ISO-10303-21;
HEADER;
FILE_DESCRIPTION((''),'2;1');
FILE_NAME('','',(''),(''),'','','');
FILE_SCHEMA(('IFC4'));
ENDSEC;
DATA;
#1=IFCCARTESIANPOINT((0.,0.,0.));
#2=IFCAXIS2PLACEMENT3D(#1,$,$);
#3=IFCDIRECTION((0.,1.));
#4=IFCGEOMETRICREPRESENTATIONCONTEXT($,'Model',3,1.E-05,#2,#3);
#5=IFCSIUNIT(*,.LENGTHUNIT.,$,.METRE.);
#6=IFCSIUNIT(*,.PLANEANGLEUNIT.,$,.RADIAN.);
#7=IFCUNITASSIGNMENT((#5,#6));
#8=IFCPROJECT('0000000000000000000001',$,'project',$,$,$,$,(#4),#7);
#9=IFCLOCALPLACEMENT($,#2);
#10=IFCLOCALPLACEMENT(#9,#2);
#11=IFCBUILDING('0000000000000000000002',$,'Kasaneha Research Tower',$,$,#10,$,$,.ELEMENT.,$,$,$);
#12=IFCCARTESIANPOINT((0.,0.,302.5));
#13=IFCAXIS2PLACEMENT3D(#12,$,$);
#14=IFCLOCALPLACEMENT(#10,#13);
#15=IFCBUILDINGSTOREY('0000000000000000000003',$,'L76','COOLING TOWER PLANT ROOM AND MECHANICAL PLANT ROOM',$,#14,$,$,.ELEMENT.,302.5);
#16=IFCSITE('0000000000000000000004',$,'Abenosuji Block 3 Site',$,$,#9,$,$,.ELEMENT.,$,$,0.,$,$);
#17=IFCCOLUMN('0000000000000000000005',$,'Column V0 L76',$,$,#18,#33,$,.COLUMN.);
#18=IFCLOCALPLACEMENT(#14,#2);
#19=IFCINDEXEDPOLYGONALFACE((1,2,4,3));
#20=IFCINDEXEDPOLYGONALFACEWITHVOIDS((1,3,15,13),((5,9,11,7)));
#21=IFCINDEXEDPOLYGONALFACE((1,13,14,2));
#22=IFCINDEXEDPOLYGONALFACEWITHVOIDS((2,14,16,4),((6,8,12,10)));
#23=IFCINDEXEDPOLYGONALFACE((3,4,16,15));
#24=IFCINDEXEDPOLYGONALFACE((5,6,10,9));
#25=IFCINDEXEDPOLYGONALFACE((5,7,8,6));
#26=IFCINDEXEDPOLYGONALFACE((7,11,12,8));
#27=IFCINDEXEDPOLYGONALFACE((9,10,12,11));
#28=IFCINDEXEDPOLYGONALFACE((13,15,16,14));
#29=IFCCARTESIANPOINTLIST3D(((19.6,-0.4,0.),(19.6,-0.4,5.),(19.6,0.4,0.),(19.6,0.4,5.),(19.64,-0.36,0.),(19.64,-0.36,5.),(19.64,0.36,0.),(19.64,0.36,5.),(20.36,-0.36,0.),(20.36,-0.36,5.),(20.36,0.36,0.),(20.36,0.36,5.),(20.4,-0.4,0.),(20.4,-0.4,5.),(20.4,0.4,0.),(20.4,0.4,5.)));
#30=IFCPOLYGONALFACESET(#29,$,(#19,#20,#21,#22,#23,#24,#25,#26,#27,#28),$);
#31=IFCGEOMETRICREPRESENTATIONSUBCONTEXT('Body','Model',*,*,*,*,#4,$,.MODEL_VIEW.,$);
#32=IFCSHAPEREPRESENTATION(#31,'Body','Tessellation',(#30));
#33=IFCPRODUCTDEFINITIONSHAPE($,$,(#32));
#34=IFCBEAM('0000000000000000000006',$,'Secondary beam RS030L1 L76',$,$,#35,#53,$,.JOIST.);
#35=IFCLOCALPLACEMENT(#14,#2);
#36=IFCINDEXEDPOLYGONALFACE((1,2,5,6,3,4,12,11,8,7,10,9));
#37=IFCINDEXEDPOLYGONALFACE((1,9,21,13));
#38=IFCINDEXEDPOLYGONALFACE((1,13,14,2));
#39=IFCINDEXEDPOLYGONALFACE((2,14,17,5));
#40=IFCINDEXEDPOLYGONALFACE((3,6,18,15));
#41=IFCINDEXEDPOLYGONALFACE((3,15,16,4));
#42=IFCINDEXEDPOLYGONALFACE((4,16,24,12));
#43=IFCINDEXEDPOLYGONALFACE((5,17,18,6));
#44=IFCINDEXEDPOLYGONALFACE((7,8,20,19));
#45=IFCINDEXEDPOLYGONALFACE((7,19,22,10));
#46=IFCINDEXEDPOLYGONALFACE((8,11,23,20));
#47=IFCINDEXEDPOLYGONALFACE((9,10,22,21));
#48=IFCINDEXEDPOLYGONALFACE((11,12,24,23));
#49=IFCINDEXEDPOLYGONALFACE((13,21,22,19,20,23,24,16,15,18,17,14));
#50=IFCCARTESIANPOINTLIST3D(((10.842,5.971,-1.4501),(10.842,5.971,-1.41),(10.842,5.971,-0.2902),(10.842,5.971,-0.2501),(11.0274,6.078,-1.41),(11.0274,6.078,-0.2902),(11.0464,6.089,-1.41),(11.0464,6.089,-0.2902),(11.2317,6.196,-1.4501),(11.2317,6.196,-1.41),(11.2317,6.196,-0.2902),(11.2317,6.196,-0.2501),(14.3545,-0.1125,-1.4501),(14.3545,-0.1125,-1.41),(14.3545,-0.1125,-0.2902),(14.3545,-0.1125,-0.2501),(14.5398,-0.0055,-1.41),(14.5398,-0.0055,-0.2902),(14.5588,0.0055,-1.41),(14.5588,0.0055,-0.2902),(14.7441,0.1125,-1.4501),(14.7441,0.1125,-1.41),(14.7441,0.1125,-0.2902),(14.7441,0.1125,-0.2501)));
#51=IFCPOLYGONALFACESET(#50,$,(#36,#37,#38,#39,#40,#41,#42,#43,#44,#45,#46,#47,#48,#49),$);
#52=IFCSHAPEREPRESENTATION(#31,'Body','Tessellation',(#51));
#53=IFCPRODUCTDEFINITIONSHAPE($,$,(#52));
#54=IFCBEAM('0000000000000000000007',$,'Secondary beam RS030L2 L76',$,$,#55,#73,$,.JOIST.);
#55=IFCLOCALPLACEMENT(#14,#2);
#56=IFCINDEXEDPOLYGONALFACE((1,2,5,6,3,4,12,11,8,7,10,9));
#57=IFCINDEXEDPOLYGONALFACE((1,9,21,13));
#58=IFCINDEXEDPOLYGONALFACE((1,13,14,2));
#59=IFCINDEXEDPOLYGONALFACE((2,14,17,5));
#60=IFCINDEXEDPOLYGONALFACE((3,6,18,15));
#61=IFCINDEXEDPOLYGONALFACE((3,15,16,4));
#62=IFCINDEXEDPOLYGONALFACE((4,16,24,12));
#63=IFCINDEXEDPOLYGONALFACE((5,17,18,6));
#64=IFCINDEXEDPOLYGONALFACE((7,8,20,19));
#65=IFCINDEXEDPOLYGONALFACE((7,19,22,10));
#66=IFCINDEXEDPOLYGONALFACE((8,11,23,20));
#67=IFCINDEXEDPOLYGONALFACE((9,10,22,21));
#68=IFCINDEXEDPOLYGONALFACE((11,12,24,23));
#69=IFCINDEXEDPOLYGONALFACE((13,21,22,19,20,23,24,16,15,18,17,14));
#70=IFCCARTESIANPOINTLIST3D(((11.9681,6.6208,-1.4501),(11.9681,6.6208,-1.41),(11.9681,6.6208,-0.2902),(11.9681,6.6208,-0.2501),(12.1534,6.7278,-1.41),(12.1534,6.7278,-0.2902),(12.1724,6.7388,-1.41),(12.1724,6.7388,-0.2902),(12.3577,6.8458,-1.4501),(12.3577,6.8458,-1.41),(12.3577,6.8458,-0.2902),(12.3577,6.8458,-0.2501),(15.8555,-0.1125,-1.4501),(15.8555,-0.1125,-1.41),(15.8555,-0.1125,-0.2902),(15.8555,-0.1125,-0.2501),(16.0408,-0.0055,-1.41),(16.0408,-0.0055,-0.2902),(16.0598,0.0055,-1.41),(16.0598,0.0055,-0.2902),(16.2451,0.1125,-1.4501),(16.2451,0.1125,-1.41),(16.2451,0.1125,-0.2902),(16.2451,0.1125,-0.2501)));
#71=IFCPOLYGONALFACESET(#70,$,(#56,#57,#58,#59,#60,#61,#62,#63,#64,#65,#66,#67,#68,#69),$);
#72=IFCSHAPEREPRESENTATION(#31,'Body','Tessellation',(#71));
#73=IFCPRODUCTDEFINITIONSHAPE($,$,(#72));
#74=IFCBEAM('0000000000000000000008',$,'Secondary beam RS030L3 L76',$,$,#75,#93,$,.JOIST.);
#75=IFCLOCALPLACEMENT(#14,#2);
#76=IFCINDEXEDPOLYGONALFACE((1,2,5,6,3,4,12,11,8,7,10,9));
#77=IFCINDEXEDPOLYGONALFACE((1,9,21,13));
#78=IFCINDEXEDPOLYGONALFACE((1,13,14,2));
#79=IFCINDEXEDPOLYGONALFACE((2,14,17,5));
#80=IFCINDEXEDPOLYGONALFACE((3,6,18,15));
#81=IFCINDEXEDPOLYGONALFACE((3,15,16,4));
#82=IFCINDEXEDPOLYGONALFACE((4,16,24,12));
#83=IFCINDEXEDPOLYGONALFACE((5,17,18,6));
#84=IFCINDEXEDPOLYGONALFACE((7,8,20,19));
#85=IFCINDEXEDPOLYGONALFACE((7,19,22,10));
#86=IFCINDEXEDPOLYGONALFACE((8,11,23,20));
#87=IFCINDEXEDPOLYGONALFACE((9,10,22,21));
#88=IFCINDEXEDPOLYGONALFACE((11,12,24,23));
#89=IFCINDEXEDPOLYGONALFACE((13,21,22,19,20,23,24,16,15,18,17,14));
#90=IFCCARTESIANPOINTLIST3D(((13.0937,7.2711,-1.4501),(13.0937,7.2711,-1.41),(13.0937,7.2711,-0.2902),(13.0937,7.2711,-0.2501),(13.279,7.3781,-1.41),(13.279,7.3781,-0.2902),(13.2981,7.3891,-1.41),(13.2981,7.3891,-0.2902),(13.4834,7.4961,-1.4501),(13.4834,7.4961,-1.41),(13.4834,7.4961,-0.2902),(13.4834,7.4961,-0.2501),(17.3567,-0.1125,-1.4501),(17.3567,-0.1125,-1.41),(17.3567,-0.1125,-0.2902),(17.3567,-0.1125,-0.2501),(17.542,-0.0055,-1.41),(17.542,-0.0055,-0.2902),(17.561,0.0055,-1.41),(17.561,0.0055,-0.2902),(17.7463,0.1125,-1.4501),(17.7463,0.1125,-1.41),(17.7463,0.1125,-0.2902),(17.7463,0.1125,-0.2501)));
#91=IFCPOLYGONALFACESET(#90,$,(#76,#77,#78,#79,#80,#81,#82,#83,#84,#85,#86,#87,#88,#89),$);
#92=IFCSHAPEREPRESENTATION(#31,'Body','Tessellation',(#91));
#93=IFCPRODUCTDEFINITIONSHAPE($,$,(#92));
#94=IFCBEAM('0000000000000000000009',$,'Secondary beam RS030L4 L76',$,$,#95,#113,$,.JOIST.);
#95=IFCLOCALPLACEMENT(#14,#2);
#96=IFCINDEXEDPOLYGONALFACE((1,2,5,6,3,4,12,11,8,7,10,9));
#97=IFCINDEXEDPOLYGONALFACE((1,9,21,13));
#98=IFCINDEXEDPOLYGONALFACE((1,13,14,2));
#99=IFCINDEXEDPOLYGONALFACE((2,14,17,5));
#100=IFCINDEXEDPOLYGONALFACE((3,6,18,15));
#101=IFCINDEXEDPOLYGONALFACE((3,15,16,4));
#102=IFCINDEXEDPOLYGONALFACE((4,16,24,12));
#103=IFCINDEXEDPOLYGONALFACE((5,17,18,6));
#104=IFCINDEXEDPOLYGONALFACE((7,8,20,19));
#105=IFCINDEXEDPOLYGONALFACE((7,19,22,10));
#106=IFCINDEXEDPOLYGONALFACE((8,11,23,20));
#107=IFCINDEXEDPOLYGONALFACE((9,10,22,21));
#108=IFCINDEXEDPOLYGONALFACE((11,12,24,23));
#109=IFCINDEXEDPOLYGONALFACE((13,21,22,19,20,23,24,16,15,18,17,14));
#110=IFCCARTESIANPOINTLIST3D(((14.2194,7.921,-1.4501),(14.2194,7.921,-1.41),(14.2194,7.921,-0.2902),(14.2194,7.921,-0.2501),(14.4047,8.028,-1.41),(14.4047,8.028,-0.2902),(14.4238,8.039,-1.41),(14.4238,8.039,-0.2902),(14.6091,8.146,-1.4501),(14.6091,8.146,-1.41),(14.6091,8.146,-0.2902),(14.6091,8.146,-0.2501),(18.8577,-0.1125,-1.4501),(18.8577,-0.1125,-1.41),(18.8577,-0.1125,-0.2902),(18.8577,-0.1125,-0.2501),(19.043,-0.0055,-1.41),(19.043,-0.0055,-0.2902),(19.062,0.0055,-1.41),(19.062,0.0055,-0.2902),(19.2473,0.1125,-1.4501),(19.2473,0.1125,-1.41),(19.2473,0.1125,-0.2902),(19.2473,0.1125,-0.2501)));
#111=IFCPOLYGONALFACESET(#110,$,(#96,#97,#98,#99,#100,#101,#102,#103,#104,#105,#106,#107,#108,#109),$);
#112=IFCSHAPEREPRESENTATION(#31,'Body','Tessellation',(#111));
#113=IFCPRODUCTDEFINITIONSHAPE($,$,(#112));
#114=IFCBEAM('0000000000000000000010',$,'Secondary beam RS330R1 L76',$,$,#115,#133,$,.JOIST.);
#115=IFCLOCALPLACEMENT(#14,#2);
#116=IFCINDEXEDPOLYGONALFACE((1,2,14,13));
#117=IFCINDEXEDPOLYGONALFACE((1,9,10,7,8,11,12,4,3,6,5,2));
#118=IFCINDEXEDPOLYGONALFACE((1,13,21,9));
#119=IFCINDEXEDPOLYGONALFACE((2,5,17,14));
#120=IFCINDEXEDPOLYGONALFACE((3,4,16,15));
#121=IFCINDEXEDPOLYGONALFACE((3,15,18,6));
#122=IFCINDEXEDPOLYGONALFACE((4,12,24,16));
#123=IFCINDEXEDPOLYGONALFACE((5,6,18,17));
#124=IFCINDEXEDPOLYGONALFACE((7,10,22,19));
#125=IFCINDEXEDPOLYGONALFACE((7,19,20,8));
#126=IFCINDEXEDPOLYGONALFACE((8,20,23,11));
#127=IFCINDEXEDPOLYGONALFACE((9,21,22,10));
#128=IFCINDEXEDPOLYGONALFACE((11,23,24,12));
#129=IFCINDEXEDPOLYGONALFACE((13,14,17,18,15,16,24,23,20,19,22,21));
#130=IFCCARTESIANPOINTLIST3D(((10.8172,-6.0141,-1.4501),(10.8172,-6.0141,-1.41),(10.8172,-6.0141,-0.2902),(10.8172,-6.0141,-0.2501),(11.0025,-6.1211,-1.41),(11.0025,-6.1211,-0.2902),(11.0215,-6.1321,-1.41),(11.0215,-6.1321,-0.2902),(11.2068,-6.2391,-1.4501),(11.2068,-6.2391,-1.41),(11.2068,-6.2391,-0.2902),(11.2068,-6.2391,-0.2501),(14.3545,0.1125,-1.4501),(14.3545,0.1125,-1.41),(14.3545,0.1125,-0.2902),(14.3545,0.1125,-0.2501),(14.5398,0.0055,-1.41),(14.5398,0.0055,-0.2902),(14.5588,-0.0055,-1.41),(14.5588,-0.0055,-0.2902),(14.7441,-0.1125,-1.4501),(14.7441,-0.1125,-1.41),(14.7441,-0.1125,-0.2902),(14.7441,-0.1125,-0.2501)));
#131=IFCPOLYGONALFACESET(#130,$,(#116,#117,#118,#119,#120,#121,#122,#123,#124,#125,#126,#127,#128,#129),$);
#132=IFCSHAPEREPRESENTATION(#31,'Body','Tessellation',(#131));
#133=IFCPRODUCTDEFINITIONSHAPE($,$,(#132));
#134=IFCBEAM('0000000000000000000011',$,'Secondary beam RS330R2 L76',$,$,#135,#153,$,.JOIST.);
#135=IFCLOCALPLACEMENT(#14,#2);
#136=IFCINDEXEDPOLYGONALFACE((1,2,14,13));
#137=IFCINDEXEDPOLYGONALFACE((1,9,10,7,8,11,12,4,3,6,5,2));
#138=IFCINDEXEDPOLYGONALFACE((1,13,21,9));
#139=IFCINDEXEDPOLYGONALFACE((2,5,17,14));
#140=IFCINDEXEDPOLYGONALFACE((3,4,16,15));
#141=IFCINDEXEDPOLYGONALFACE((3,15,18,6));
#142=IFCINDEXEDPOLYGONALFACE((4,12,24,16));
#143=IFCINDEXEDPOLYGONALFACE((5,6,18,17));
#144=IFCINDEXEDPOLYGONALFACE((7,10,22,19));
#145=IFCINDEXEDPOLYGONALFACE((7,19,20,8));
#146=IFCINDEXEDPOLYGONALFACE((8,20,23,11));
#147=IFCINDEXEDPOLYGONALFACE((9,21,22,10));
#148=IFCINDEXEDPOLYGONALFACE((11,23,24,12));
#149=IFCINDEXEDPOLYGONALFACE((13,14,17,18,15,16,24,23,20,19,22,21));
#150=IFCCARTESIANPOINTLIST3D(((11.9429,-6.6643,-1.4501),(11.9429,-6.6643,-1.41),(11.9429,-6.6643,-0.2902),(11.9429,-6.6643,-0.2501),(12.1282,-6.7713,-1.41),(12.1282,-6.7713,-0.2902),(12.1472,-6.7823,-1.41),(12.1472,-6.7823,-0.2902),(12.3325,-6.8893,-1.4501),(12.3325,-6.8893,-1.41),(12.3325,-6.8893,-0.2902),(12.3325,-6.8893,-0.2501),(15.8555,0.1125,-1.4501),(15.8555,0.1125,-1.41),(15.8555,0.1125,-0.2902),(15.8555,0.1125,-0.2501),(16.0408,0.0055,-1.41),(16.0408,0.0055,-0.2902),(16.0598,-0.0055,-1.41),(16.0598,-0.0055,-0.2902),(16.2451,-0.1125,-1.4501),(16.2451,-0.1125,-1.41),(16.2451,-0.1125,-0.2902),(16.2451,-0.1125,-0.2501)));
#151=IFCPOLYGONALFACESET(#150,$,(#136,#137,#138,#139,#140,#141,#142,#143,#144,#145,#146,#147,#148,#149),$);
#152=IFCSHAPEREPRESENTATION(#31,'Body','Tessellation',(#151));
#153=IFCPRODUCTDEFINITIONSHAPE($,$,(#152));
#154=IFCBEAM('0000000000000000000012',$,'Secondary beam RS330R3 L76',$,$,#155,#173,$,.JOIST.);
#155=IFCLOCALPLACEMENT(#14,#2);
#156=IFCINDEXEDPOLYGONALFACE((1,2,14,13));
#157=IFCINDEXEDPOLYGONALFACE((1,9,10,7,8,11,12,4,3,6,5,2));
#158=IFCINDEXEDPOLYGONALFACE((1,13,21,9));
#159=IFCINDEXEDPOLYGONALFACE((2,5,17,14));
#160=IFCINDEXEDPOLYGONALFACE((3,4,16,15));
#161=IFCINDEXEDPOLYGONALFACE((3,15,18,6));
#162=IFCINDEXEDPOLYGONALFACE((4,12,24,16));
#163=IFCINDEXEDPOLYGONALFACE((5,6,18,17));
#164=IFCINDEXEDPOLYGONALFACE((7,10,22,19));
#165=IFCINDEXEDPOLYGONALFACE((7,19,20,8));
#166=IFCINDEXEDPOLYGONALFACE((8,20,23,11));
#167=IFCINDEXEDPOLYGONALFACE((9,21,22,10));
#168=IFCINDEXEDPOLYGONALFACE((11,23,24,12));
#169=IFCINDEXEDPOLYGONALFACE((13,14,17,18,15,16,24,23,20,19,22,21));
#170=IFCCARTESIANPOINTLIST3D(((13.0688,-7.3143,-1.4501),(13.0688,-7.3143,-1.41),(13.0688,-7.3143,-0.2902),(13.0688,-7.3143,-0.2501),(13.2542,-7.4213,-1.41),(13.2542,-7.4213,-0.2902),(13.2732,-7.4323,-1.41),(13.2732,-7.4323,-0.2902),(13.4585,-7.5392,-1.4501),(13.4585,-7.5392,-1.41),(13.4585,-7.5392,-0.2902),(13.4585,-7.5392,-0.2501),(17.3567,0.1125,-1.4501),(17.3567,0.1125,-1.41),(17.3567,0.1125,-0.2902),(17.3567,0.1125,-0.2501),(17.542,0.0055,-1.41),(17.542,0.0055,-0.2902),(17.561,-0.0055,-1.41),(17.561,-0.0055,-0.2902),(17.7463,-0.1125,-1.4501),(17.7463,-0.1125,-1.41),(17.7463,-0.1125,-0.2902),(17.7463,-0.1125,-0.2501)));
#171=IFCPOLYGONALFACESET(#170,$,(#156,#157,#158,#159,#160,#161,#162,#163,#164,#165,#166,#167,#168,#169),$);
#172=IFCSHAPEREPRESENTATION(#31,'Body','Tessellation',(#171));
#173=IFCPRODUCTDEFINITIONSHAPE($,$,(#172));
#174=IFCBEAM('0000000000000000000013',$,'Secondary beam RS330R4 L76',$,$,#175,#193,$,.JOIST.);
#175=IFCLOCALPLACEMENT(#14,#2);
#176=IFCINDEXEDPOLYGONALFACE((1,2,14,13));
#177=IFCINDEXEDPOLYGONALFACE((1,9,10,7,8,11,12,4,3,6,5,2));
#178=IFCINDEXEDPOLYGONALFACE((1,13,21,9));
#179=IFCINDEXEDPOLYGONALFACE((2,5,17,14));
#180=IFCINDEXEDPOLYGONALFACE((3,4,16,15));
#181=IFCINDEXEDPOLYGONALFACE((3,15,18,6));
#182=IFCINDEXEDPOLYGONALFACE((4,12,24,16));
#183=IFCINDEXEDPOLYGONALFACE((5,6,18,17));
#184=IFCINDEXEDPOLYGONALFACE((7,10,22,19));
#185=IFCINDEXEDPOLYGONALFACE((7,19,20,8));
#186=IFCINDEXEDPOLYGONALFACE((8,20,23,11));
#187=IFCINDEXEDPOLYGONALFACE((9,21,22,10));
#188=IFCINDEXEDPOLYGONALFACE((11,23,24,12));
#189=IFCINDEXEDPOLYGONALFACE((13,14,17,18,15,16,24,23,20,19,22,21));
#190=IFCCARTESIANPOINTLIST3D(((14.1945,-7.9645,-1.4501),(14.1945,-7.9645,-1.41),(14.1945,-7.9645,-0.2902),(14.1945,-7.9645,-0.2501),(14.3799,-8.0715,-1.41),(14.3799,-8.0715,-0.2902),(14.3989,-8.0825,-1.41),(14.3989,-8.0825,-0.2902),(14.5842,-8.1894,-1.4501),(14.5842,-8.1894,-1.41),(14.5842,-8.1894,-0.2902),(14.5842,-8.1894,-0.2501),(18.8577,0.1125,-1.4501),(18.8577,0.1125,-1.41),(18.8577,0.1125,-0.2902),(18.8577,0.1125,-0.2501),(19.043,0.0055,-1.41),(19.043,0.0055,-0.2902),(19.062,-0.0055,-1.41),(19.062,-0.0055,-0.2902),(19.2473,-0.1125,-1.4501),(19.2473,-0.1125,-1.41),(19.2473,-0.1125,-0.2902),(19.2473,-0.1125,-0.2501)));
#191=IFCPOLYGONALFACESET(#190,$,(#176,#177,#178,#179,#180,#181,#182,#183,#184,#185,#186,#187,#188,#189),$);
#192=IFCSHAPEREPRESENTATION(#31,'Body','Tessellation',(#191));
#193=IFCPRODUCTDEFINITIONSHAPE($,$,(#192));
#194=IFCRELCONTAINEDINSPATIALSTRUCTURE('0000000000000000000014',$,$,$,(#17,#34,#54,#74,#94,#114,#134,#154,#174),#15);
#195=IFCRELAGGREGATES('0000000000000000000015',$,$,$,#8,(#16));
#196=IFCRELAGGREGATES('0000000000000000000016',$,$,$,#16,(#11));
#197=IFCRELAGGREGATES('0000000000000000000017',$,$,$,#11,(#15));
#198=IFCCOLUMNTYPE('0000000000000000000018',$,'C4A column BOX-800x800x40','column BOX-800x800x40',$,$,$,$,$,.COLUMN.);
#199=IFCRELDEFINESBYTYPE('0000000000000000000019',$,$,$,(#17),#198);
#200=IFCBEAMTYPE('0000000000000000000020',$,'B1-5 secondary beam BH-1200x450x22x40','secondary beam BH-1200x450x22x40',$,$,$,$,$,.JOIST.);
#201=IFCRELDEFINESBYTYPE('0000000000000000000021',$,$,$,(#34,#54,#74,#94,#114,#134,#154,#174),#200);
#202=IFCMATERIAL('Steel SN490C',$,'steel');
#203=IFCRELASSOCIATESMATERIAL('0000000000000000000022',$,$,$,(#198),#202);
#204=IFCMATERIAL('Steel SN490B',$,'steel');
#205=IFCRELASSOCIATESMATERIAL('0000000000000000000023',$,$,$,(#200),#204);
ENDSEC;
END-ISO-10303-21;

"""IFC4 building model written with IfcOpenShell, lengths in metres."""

from ifc_helpers import new_model, si_unit, direction, frame, origin, origin_2d, place, context, subcontext, project, spatial, hollow_rectangle, i_section, extrude, material, material_profile, profile_set, type_object, element, save


model = new_model("IFC4")

# Units and contexts
model_context = context("Model", 3, precision=1e-05, world=origin(), true_north=direction((0.0, 1.0)))
body_context = subcontext(model_context, "Body", "Model", "MODEL_VIEW")
ifc_project = project(units=[si_unit("LENGTHUNIT", "METRE"), si_unit("PLANEANGLEUNIT", "RADIAN")], contexts=[model_context])

# Site, building, storey
site_placement = place(None, origin())
site = spatial("IfcSite", under=ifc_project, at=site_placement, Name="Abenosuji Block 3 Site", CompositionType="ELEMENT", RefElevation=0.0)
building_placement = place(site_placement, origin())
building = spatial("IfcBuilding", under=site, at=building_placement, Name="Kasaneha Research Tower", CompositionType="ELEMENT")
storey_placement = place(building_placement, frame((0.0, 0.0, 302.5)))
storey = spatial("IfcBuildingStorey", under=building, at=storey_placement, Name="L76", Description="COOLING TOWER PLANT ROOM AND MECHANICAL PLANT ROOM", CompositionType="ELEMENT", Elevation=302.5)

# Column
ifc_material_1 = material(Name="Steel SN490C", Category="steel")
ifc_material_profile_1 = material_profile(ifc_material_1, hollow_rectangle(XDim=0.8, YDim=0.8, WallThickness=0.04, at=origin_2d()), Name="BOX-800x800x40")
ifc_profile_set_1 = profile_set([ifc_material_profile_1], Name="Steel SN490C")
column_type = type_object("IfcColumnType", Name="C4A column BOX-800x800x40", Description="column BOX-800x800x40", PredefinedType="COLUMN", material=ifc_profile_set_1)
column_placement = place(storey_placement, frame((20.0, 0.0, 0.0), z_axis=(0.0, 0.0, 1.0), x_axis=(1.0, 0.0, 0.0)))
element("IfcColumn", 1, at=column_placement, inside=storey, type_object=column_type, Name="Column V0 L76", PredefinedType="COLUMN", context=body_context, shape_type="SweptSolid", body=[
    extrude(hollow_rectangle(XDim=0.8, YDim=0.8, WallThickness=0.04, at=origin_2d()), origin(), (0.0, 0.0, 1.0), 5.0),
])

# Beams
ifc_material_2 = material(Name="Steel SN490B", Category="steel")
ifc_material_profile_2 = material_profile(ifc_material_2, i_section(OverallWidth=0.45, OverallDepth=1.2, WebThickness=0.022, FlangeThickness=0.04, at=origin_2d()), Name="BH-1200x450x22x40")
ifc_profile_set_2 = profile_set([ifc_material_profile_2], Name="Steel SN490B")
beam_type_1 = type_object("IfcBeamType", Name="B1-5 secondary beam BH-1200x450x22x40", Description="secondary beam BH-1200x450x22x40", PredefinedType="JOIST", material=ifc_profile_set_2)
beam_1_placement = place(storey_placement, frame((14.5493, 0.0, -0.8501), z_axis=(-0.500015, 0.866017, 0.0), x_axis=(-0.866017, -0.500015, 0.0)))
element("IfcBeam", 2, at=beam_1_placement, inside=storey, type_object=beam_type_1, Name="Secondary beam RS030L1 L76", PredefinedType="JOIST", context=body_context, shape_type="SweptSolid", body=[
    extrude(i_section(OverallWidth=0.45, OverallDepth=1.2, WebThickness=0.022, FlangeThickness=0.04, at=origin_2d()), origin(), (0.0, 0.0, 1.0), 7.0247),
])
beam_2_placement = place(storey_placement, frame((16.0503, 0.0, -0.8501), z_axis=(-0.499992, 0.86603, 0.0), x_axis=(-0.86603, -0.499992, 0.0)))
element("IfcBeam", 3, at=beam_2_placement, inside=storey, type_object=beam_type_1, Name="Secondary beam RS030L2 L76", PredefinedType="JOIST", context=body_context, shape_type="SweptSolid", body=[
    extrude(i_section(OverallWidth=0.45, OverallDepth=1.2, WebThickness=0.022, FlangeThickness=0.04, at=origin_2d()), origin(), (0.0, 0.0, 1.0), 7.7749),
])
beam_3_placement = place(storey_placement, frame((17.5515, 0.0, -0.8501), z_axis=(-0.500004, 0.866023, 0.0), x_axis=(-0.866023, -0.500004, 0.0)))
element("IfcBeam", 4, at=beam_3_placement, inside=storey, type_object=beam_type_1, Name="Secondary beam RS030L3 L76", PredefinedType="JOIST", context=body_context, shape_type="SweptSolid", body=[
    extrude(i_section(OverallWidth=0.45, OverallDepth=1.2, WebThickness=0.022, FlangeThickness=0.04, at=origin_2d()), origin(), (0.0, 0.0, 1.0), 8.5259),
])
beam_4_placement = place(storey_placement, frame((19.0525, 0.0, -0.8501), z_axis=(-0.500006, 0.866022, 0.0), x_axis=(-0.866022, -0.500006, 0.0)))
element("IfcBeam", 5, at=beam_4_placement, inside=storey, type_object=beam_type_1, Name="Secondary beam RS030L4 L76", PredefinedType="JOIST", context=body_context, shape_type="SweptSolid", body=[
    extrude(i_section(OverallWidth=0.45, OverallDepth=1.2, WebThickness=0.022, FlangeThickness=0.04, at=origin_2d()), origin(), (0.0, 0.0, 1.0), 9.2764),
])
beam_5_placement = place(storey_placement, frame((14.5493, 0.0, -0.8501), z_axis=(-0.50001, -0.86602, 0.0), x_axis=(0.86602, -0.50001, 0.0)))
element("IfcBeam", 6, at=beam_5_placement, inside=storey, type_object=beam_type_1, Name="Secondary beam RS330R1 L76", PredefinedType="JOIST", context=body_context, shape_type="SweptSolid", body=[
    extrude(i_section(OverallWidth=0.45, OverallDepth=1.2, WebThickness=0.022, FlangeThickness=0.04, at=origin_2d()), origin(), (0.0, 0.0, 1.0), 7.0745),
])
beam_6_placement = place(storey_placement, frame((16.0503, 0.0, -0.8501), z_axis=(-0.499998, -0.866027, 0.0), x_axis=(0.866027, -0.499998, 0.0)))
element("IfcBeam", 7, at=beam_6_placement, inside=storey, type_object=beam_type_1, Name="Secondary beam RS330R2 L76", PredefinedType="JOIST", context=body_context, shape_type="SweptSolid", body=[
    extrude(i_section(OverallWidth=0.45, OverallDepth=1.2, WebThickness=0.022, FlangeThickness=0.04, at=origin_2d()), origin(), (0.0, 0.0, 1.0), 7.8252),
])
beam_7_placement = place(storey_placement, frame((17.5515, 0.0, -0.8501), z_axis=(-0.5, -0.866025, 0.0), x_axis=(0.866025, -0.5, 0.0)))
element("IfcBeam", 8, at=beam_7_placement, inside=storey, type_object=beam_type_1, Name="Secondary beam RS330R3 L76", PredefinedType="JOIST", context=body_context, shape_type="SweptSolid", body=[
    extrude(i_section(OverallWidth=0.45, OverallDepth=1.2, WebThickness=0.022, FlangeThickness=0.04, at=origin_2d()), origin(), (0.0, 0.0, 1.0), 8.5757),
])
beam_8_placement = place(storey_placement, frame((19.0525, 0.0, -0.8501), z_axis=(-0.499991, -0.866031, 0.0), x_axis=(0.866031, -0.499991, 0.0)))
element("IfcBeam", 9, at=beam_8_placement, inside=storey, type_object=beam_type_1, Name="Secondary beam RS330R4 L76", PredefinedType="JOIST", context=body_context, shape_type="SweptSolid", body=[
    extrude(i_section(OverallWidth=0.45, OverallDepth=1.2, WebThickness=0.022, FlangeThickness=0.04, at=origin_2d()), origin(), (0.0, 0.0, 1.0), 9.3264),
])

save(model, "model.ifc")
